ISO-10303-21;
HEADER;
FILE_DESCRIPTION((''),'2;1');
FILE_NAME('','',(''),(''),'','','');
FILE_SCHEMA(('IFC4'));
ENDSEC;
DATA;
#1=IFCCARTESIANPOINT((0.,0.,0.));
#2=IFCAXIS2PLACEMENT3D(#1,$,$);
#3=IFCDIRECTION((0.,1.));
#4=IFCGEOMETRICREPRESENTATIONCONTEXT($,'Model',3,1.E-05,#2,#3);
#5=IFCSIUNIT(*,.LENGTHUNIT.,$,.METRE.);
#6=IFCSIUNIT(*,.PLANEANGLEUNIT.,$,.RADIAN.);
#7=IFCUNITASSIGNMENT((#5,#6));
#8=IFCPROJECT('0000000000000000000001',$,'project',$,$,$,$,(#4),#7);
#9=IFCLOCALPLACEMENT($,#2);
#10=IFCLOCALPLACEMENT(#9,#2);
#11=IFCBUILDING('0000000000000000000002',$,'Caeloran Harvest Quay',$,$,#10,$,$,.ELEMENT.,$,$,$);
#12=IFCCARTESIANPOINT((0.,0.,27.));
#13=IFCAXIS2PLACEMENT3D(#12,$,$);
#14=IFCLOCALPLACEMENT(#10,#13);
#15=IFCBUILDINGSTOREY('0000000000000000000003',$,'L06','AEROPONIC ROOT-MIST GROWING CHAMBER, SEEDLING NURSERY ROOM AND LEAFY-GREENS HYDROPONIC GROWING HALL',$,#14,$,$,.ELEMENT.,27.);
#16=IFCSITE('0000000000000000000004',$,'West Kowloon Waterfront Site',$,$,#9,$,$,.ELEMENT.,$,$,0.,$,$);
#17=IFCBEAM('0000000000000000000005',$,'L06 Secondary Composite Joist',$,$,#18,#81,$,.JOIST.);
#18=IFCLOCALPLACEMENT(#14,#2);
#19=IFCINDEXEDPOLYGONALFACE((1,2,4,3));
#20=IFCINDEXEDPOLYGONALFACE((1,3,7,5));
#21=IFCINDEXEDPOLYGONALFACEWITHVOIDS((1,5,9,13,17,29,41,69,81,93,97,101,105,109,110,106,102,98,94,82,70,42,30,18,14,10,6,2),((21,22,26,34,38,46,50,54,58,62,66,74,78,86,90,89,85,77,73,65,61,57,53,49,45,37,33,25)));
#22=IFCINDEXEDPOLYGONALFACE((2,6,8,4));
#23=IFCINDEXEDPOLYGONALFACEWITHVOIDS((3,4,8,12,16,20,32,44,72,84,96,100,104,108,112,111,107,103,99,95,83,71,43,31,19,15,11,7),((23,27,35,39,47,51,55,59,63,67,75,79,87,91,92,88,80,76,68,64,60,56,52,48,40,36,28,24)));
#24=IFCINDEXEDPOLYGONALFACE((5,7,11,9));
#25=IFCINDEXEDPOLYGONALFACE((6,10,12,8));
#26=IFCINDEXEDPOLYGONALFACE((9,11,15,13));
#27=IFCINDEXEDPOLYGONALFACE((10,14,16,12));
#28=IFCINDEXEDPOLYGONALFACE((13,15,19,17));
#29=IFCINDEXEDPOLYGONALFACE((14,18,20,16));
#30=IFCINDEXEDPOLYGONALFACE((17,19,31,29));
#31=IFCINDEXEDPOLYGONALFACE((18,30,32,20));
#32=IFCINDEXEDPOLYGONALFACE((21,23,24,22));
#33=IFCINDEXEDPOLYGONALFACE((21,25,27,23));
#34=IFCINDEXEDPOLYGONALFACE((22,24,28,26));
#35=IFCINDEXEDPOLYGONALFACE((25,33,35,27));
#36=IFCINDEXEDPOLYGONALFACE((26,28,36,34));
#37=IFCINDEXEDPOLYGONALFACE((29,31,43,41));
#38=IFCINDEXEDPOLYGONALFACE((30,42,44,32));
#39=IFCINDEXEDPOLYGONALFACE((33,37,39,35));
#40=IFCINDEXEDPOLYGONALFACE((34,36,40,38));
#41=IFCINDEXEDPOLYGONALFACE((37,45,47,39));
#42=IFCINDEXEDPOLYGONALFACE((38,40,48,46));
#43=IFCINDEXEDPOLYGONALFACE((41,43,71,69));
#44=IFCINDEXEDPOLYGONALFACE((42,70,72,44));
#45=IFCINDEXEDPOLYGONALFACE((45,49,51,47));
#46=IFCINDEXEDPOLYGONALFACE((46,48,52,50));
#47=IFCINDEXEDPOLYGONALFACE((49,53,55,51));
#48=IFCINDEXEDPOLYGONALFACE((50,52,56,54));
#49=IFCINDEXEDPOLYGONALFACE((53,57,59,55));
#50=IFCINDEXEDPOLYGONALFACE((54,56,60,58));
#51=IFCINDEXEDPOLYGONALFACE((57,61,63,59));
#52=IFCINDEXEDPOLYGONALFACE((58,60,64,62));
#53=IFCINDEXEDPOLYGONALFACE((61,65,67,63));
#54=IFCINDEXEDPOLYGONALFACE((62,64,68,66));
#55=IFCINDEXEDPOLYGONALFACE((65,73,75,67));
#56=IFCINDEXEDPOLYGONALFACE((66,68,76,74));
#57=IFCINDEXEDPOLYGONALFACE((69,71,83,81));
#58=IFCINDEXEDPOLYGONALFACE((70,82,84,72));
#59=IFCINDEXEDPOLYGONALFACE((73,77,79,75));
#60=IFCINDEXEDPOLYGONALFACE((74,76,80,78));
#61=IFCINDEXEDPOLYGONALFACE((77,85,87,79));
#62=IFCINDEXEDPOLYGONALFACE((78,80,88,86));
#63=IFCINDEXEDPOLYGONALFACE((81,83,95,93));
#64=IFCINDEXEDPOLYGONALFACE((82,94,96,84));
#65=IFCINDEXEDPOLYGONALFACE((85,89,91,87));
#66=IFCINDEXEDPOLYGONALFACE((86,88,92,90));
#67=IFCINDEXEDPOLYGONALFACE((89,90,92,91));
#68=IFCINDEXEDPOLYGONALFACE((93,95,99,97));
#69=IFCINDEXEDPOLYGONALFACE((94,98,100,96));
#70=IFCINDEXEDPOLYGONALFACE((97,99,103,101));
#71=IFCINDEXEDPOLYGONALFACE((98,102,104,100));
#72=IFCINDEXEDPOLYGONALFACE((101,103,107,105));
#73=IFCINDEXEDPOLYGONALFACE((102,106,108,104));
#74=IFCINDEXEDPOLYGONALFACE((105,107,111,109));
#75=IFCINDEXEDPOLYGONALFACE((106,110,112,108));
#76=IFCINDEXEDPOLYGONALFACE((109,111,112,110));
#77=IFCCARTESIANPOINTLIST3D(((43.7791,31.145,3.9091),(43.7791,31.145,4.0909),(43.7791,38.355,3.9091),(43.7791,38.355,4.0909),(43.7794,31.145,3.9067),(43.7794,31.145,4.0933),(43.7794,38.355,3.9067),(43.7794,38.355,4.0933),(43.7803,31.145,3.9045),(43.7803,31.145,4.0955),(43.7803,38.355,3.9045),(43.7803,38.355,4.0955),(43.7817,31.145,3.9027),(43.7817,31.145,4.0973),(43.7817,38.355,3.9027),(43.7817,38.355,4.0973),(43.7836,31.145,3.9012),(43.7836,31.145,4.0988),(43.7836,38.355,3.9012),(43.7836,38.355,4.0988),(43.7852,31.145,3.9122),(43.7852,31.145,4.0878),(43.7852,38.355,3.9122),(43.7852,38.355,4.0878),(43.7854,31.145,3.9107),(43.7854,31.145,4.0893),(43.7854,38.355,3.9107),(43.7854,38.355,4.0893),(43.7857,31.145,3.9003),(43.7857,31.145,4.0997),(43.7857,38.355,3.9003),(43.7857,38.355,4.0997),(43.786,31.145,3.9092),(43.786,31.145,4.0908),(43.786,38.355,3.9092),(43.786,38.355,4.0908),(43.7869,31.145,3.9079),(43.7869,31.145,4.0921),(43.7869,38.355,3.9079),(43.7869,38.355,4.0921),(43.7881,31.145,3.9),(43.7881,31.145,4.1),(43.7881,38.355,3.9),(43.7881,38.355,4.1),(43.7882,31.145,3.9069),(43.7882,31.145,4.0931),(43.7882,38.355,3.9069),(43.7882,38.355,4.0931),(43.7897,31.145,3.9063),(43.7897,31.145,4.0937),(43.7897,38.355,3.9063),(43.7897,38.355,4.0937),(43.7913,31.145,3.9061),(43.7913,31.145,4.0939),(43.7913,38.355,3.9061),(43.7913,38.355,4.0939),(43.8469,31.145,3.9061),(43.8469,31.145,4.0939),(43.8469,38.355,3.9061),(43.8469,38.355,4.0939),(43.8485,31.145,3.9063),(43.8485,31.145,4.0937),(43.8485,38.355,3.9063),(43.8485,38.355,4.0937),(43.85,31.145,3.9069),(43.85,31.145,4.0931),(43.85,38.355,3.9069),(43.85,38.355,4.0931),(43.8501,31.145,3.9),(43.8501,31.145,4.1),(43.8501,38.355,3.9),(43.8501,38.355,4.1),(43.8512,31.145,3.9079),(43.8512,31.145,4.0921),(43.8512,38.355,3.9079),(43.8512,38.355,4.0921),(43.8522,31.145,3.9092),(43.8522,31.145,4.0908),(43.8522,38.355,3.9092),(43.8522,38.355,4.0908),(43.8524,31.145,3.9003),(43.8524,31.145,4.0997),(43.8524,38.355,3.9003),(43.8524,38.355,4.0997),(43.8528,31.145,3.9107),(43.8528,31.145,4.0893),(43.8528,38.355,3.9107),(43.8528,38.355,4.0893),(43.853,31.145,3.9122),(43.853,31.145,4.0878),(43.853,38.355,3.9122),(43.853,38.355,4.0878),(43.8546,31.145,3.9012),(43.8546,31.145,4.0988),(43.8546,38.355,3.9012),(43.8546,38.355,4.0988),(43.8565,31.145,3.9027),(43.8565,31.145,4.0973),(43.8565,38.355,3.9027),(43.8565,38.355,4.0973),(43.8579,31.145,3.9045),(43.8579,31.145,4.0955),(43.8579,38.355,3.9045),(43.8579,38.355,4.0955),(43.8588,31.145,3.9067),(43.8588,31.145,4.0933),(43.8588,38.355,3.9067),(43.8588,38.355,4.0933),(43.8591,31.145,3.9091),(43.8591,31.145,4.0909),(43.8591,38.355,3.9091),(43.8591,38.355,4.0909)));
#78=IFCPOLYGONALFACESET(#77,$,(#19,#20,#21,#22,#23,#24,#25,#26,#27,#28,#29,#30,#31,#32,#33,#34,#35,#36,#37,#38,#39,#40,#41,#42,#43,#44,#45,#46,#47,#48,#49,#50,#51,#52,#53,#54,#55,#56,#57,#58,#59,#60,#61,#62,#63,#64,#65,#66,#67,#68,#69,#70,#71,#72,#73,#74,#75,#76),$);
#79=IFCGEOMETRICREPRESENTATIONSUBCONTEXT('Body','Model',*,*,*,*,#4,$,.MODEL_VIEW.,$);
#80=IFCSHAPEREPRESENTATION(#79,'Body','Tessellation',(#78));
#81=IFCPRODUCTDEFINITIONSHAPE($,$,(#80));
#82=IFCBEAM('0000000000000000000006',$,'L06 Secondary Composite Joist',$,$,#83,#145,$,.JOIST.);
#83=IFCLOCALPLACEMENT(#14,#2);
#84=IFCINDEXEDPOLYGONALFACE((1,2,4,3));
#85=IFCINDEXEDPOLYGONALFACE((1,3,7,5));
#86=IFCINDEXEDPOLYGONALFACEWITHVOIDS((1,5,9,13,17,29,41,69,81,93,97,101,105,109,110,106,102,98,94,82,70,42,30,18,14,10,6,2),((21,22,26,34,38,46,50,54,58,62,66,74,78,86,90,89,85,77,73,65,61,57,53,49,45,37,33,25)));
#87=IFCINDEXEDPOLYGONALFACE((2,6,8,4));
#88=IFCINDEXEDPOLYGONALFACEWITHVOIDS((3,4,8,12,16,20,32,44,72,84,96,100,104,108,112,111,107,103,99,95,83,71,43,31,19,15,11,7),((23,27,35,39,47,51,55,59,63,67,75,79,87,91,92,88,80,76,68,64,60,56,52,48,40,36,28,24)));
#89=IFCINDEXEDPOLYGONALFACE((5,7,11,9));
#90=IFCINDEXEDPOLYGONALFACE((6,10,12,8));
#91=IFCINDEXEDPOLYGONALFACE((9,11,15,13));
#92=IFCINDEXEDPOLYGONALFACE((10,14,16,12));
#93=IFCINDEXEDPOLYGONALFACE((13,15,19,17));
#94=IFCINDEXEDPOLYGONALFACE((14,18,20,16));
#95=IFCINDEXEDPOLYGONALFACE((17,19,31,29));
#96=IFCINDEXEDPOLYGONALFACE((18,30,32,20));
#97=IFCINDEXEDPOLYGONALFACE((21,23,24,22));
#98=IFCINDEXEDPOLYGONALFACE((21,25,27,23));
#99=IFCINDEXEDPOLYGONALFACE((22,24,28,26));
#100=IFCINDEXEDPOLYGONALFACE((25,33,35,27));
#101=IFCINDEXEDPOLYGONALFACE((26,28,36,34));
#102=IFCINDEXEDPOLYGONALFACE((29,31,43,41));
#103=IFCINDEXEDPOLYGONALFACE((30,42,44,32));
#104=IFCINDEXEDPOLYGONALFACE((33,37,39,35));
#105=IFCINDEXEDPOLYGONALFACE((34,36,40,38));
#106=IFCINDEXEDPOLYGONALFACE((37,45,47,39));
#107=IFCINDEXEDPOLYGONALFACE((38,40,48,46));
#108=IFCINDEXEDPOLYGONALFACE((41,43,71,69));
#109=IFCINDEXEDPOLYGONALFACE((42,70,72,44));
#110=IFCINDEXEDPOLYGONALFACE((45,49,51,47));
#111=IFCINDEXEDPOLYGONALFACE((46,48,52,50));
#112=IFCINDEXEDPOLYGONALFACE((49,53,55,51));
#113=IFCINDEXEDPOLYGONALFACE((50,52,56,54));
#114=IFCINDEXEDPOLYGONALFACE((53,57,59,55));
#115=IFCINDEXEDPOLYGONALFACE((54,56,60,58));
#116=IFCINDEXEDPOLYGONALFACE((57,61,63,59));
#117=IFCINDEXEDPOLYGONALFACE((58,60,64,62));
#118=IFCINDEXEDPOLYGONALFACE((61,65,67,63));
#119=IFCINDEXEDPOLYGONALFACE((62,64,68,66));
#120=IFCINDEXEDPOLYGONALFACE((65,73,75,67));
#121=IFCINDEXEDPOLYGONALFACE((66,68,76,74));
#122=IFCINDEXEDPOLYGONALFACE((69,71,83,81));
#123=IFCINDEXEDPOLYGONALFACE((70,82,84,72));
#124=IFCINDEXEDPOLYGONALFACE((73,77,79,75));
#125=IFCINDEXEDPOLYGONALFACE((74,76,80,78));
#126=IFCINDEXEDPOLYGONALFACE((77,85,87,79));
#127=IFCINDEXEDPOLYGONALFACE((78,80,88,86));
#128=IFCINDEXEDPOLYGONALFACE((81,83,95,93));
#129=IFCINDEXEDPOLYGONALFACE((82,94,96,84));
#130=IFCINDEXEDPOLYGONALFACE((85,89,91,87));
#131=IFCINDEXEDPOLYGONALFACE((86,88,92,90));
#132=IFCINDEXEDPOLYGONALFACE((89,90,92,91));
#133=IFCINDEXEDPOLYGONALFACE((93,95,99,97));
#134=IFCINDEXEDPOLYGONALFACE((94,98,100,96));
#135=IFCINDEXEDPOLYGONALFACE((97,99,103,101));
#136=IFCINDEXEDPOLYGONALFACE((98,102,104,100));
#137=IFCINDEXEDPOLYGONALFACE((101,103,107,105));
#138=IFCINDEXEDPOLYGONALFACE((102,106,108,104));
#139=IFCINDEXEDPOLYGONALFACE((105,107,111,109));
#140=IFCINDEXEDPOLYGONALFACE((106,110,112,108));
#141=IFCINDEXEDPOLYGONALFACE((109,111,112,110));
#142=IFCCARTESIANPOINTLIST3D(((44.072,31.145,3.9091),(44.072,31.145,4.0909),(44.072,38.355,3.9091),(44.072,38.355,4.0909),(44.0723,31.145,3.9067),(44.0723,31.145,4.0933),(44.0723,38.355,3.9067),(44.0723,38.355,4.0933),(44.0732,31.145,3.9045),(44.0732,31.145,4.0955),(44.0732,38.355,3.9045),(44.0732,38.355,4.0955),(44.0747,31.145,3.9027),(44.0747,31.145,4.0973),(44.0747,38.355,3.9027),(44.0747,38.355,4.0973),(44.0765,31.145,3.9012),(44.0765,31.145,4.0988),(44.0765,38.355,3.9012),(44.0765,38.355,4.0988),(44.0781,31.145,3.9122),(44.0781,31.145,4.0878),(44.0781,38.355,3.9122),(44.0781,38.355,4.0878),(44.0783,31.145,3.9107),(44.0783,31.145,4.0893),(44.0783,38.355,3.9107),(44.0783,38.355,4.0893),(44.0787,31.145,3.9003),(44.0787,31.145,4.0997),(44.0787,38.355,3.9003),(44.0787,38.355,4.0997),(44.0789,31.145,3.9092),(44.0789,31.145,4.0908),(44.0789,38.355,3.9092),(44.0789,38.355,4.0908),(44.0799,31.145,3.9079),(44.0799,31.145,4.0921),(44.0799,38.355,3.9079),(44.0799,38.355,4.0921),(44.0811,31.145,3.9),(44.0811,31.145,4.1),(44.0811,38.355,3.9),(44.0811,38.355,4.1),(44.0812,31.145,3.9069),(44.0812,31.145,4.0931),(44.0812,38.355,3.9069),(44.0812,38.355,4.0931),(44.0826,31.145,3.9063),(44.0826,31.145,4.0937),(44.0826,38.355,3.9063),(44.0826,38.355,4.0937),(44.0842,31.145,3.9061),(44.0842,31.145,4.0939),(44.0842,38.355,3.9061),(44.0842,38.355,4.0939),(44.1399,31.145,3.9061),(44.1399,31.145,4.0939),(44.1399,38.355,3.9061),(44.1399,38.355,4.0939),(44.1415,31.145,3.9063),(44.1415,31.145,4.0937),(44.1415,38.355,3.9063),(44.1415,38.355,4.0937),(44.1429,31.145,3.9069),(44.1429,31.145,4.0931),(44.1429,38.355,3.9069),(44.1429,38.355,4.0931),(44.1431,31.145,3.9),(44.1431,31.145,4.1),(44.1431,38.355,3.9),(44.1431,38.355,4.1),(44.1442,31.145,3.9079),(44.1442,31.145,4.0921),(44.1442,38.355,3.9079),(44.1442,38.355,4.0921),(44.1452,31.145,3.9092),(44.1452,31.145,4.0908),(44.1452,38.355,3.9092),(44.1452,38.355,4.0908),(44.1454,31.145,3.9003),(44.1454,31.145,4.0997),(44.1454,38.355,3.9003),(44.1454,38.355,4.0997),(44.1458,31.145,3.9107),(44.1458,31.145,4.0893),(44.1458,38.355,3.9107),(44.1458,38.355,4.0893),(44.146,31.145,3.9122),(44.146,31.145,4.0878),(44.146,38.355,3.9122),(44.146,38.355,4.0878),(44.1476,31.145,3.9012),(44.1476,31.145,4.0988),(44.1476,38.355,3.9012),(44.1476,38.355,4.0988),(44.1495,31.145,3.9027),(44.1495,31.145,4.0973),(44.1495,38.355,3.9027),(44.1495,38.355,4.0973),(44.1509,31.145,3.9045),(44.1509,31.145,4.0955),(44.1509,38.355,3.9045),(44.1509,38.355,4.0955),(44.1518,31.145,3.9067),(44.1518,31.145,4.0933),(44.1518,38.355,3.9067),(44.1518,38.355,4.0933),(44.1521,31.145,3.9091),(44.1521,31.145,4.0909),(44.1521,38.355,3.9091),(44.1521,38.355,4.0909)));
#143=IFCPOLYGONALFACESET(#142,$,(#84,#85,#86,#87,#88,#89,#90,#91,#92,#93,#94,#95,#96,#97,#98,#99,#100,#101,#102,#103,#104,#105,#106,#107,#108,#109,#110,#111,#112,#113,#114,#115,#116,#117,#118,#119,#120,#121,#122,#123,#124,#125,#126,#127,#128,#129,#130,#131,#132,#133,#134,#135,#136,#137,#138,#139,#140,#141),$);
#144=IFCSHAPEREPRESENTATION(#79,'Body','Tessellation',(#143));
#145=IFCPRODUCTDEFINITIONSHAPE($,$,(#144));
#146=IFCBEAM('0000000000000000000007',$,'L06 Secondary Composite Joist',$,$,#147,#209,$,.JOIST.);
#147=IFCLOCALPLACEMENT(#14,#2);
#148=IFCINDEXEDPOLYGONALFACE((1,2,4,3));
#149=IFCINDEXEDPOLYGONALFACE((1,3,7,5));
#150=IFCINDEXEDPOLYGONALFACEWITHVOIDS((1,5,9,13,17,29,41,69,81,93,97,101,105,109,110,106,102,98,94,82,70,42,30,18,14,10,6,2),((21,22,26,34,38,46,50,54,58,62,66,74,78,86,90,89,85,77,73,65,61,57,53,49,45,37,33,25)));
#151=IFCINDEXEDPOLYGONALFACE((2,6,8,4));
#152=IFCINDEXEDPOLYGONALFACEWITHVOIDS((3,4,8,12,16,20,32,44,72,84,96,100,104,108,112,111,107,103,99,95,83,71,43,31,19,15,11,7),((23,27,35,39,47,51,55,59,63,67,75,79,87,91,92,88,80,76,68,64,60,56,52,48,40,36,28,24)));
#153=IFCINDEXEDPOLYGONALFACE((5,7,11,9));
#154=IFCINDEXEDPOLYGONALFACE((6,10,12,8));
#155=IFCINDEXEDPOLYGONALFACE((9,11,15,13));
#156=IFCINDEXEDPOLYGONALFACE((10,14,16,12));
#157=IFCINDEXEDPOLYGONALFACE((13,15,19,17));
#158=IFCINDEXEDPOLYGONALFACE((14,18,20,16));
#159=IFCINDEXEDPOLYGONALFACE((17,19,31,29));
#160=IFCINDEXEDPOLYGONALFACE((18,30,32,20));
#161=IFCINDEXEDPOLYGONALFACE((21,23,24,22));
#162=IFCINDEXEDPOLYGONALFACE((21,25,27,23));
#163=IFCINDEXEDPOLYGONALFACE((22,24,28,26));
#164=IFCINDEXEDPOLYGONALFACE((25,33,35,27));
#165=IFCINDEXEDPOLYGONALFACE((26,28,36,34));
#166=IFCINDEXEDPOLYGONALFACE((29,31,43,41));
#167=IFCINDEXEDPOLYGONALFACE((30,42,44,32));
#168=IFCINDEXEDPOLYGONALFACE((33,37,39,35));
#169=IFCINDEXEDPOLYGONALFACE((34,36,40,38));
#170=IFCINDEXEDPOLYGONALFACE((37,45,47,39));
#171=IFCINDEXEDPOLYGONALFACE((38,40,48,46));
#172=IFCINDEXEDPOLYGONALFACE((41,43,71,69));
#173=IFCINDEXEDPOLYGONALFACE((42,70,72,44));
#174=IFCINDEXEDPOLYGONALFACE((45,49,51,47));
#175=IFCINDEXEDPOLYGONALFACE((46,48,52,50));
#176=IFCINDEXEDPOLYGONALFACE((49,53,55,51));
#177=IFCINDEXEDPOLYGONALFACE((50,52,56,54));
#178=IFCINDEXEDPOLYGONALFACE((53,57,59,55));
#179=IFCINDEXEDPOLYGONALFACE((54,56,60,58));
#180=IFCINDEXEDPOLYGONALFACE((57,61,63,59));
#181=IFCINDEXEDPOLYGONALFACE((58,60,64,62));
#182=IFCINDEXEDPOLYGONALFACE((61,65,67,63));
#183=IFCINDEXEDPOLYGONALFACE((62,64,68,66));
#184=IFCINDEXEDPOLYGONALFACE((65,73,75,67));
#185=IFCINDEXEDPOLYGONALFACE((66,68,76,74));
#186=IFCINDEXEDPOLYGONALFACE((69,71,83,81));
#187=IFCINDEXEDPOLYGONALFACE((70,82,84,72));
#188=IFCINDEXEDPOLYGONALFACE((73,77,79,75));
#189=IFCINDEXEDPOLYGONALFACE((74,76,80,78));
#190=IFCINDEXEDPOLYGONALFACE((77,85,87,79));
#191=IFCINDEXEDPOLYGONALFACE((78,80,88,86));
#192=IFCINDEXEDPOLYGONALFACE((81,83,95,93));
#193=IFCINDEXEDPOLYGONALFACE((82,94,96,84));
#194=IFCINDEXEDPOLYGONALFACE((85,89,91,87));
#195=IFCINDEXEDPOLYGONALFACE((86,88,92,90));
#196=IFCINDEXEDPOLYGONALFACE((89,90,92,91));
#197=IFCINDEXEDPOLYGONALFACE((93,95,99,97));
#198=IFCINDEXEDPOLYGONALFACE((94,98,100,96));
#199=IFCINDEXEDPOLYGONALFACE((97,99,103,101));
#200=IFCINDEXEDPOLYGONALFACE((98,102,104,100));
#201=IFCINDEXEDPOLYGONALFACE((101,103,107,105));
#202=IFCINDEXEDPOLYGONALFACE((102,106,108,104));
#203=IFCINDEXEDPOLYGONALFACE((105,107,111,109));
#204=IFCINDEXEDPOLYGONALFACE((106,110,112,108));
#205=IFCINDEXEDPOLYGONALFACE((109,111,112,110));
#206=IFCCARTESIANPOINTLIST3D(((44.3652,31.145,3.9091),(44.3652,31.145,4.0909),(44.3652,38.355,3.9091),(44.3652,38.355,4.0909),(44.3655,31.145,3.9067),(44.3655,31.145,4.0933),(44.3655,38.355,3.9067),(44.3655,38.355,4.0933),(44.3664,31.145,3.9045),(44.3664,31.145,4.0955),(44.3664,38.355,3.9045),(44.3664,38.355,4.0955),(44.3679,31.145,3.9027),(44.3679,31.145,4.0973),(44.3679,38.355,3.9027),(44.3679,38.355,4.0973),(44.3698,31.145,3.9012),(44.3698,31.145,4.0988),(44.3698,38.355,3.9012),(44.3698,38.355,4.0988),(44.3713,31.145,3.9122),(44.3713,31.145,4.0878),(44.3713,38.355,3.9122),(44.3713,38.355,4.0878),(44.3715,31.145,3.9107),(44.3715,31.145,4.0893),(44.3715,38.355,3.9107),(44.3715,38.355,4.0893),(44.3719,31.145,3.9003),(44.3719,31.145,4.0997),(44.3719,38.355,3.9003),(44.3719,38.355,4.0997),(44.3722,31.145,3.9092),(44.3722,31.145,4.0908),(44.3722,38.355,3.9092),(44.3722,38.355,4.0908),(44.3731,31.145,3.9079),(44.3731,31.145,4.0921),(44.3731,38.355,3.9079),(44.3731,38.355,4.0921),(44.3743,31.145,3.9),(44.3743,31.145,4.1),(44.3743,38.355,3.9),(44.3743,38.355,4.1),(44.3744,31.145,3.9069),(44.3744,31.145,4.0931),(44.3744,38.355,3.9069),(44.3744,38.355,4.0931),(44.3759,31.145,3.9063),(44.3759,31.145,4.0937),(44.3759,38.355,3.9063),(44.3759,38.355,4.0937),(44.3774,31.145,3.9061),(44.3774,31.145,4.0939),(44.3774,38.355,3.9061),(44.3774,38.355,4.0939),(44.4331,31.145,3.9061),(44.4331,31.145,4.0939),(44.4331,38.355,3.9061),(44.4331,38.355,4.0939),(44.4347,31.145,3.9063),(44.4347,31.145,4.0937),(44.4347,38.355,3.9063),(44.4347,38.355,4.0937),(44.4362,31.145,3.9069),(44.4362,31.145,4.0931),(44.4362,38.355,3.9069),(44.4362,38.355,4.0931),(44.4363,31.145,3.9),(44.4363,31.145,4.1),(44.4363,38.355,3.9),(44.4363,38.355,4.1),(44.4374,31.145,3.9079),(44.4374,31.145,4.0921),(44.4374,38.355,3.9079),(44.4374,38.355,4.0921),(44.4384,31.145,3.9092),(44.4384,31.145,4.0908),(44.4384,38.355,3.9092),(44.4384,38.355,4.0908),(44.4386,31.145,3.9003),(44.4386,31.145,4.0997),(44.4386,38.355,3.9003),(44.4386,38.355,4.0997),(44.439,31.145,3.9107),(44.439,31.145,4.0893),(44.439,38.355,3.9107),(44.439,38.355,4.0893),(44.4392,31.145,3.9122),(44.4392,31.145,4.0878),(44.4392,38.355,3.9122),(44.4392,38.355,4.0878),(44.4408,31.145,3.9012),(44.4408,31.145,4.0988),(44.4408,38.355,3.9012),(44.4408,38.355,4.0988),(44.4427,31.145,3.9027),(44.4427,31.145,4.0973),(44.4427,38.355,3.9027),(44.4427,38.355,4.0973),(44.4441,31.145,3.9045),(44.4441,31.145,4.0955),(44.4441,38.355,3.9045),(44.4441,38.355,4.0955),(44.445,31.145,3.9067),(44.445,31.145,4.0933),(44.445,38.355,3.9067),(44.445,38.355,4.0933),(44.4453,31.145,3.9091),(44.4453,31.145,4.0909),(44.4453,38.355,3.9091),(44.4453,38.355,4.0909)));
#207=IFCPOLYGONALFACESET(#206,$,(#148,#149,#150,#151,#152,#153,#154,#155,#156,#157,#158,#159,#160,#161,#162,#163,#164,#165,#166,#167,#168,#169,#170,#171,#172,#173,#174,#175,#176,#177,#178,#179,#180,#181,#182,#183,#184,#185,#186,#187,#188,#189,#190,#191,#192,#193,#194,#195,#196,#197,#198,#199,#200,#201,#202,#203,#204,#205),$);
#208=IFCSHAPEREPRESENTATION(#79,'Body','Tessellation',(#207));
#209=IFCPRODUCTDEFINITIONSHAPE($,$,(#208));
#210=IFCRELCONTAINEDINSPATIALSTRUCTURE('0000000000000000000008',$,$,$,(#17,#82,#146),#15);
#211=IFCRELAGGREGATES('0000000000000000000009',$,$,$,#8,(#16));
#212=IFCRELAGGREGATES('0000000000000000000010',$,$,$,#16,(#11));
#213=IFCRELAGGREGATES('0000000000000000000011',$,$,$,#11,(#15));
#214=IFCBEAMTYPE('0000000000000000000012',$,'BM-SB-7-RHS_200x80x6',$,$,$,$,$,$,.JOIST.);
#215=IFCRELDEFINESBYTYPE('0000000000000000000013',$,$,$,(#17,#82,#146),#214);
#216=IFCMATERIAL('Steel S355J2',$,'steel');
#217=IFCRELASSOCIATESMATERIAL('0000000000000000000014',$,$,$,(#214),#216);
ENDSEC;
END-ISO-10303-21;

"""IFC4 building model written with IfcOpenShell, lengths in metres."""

from ifc_helpers import new_model, si_unit, direction, frame, origin, origin_2d, place, context, subcontext, project, spatial, hollow_rectangle, extrude, material, material_profile, profile_set, type_object, element, save


model = new_model("IFC4")

# Units and contexts
model_context = context("Model", 3, precision=1e-05, world=origin(), true_north=direction((0.0, 1.0)))
body_context = subcontext(model_context, "Body", "Model", "MODEL_VIEW")
ifc_project = project(units=[si_unit("LENGTHUNIT", "METRE"), si_unit("PLANEANGLEUNIT", "RADIAN")], contexts=[model_context])

# Site, building, storey
site_placement = place(None, origin())
site = spatial("IfcSite", under=ifc_project, at=site_placement, Name="West Kowloon Waterfront Site", CompositionType="ELEMENT", RefElevation=0.0)
building_placement = place(site_placement, origin())
building = spatial("IfcBuilding", under=site, at=building_placement, Name="Caeloran Harvest Quay", CompositionType="ELEMENT")
storey_placement = place(building_placement, frame((0.0, 0.0, 27.0)))
storey = spatial("IfcBuildingStorey", under=building, at=storey_placement, Name="L06", Description="AEROPONIC ROOT-MIST GROWING CHAMBER, SEEDLING NURSERY ROOM AND LEAFY-GREENS HYDROPONIC GROWING HALL", CompositionType="ELEMENT", Elevation=27.0)

# Beams
ifc_material_1 = material(Name="Steel S355J2", Category="steel")
ifc_material_profile_1 = material_profile(ifc_material_1, hollow_rectangle(XDim=0.0801, YDim=0.2, WallThickness=0.0061, InnerFilletRadius=0.0061, OuterFilletRadius=0.009, at=origin_2d()), Name="RHS 200x80x6")
ifc_profile_set_1 = profile_set([ifc_material_profile_1], Name="Steel S355J2")
beam_type_1 = type_object("IfcBeamType", Name="BM-SB-7-RHS_200x80x6", PredefinedType="JOIST", material=ifc_profile_set_1)
for number, where, z_axis, x_axis, name in (
    (1, (43.8191, 31.145, 4.0), (0.0, 1.0, 0.0), (-1.0, 0.0, 0.0), "L06 Secondary Composite Joist"),
    (2, (44.1121, 31.145, 4.0), (0.0, 1.0, 0.0), (-1.0, 0.0, 0.0), "L06 Secondary Composite Joist"),
    (3, (44.4053, 31.145, 4.0), (0.0, 1.0, 0.0), (-1.0, 0.0, 0.0), "L06 Secondary Composite Joist"),
):
    element("IfcBeam", number, at=place(storey_placement, frame(where, z_axis=z_axis, x_axis=x_axis)), inside=storey, type_object=beam_type_1, Name=name, PredefinedType="JOIST", context=body_context, shape_type="SweptSolid", body=[
        extrude(hollow_rectangle(XDim=0.0801, YDim=0.2, WallThickness=0.0061, InnerFilletRadius=0.0061, OuterFilletRadius=0.009, at=origin_2d()), origin(), (0.0, 0.0, 1.0), 7.21),
    ])

save(model, "model.ifc")
